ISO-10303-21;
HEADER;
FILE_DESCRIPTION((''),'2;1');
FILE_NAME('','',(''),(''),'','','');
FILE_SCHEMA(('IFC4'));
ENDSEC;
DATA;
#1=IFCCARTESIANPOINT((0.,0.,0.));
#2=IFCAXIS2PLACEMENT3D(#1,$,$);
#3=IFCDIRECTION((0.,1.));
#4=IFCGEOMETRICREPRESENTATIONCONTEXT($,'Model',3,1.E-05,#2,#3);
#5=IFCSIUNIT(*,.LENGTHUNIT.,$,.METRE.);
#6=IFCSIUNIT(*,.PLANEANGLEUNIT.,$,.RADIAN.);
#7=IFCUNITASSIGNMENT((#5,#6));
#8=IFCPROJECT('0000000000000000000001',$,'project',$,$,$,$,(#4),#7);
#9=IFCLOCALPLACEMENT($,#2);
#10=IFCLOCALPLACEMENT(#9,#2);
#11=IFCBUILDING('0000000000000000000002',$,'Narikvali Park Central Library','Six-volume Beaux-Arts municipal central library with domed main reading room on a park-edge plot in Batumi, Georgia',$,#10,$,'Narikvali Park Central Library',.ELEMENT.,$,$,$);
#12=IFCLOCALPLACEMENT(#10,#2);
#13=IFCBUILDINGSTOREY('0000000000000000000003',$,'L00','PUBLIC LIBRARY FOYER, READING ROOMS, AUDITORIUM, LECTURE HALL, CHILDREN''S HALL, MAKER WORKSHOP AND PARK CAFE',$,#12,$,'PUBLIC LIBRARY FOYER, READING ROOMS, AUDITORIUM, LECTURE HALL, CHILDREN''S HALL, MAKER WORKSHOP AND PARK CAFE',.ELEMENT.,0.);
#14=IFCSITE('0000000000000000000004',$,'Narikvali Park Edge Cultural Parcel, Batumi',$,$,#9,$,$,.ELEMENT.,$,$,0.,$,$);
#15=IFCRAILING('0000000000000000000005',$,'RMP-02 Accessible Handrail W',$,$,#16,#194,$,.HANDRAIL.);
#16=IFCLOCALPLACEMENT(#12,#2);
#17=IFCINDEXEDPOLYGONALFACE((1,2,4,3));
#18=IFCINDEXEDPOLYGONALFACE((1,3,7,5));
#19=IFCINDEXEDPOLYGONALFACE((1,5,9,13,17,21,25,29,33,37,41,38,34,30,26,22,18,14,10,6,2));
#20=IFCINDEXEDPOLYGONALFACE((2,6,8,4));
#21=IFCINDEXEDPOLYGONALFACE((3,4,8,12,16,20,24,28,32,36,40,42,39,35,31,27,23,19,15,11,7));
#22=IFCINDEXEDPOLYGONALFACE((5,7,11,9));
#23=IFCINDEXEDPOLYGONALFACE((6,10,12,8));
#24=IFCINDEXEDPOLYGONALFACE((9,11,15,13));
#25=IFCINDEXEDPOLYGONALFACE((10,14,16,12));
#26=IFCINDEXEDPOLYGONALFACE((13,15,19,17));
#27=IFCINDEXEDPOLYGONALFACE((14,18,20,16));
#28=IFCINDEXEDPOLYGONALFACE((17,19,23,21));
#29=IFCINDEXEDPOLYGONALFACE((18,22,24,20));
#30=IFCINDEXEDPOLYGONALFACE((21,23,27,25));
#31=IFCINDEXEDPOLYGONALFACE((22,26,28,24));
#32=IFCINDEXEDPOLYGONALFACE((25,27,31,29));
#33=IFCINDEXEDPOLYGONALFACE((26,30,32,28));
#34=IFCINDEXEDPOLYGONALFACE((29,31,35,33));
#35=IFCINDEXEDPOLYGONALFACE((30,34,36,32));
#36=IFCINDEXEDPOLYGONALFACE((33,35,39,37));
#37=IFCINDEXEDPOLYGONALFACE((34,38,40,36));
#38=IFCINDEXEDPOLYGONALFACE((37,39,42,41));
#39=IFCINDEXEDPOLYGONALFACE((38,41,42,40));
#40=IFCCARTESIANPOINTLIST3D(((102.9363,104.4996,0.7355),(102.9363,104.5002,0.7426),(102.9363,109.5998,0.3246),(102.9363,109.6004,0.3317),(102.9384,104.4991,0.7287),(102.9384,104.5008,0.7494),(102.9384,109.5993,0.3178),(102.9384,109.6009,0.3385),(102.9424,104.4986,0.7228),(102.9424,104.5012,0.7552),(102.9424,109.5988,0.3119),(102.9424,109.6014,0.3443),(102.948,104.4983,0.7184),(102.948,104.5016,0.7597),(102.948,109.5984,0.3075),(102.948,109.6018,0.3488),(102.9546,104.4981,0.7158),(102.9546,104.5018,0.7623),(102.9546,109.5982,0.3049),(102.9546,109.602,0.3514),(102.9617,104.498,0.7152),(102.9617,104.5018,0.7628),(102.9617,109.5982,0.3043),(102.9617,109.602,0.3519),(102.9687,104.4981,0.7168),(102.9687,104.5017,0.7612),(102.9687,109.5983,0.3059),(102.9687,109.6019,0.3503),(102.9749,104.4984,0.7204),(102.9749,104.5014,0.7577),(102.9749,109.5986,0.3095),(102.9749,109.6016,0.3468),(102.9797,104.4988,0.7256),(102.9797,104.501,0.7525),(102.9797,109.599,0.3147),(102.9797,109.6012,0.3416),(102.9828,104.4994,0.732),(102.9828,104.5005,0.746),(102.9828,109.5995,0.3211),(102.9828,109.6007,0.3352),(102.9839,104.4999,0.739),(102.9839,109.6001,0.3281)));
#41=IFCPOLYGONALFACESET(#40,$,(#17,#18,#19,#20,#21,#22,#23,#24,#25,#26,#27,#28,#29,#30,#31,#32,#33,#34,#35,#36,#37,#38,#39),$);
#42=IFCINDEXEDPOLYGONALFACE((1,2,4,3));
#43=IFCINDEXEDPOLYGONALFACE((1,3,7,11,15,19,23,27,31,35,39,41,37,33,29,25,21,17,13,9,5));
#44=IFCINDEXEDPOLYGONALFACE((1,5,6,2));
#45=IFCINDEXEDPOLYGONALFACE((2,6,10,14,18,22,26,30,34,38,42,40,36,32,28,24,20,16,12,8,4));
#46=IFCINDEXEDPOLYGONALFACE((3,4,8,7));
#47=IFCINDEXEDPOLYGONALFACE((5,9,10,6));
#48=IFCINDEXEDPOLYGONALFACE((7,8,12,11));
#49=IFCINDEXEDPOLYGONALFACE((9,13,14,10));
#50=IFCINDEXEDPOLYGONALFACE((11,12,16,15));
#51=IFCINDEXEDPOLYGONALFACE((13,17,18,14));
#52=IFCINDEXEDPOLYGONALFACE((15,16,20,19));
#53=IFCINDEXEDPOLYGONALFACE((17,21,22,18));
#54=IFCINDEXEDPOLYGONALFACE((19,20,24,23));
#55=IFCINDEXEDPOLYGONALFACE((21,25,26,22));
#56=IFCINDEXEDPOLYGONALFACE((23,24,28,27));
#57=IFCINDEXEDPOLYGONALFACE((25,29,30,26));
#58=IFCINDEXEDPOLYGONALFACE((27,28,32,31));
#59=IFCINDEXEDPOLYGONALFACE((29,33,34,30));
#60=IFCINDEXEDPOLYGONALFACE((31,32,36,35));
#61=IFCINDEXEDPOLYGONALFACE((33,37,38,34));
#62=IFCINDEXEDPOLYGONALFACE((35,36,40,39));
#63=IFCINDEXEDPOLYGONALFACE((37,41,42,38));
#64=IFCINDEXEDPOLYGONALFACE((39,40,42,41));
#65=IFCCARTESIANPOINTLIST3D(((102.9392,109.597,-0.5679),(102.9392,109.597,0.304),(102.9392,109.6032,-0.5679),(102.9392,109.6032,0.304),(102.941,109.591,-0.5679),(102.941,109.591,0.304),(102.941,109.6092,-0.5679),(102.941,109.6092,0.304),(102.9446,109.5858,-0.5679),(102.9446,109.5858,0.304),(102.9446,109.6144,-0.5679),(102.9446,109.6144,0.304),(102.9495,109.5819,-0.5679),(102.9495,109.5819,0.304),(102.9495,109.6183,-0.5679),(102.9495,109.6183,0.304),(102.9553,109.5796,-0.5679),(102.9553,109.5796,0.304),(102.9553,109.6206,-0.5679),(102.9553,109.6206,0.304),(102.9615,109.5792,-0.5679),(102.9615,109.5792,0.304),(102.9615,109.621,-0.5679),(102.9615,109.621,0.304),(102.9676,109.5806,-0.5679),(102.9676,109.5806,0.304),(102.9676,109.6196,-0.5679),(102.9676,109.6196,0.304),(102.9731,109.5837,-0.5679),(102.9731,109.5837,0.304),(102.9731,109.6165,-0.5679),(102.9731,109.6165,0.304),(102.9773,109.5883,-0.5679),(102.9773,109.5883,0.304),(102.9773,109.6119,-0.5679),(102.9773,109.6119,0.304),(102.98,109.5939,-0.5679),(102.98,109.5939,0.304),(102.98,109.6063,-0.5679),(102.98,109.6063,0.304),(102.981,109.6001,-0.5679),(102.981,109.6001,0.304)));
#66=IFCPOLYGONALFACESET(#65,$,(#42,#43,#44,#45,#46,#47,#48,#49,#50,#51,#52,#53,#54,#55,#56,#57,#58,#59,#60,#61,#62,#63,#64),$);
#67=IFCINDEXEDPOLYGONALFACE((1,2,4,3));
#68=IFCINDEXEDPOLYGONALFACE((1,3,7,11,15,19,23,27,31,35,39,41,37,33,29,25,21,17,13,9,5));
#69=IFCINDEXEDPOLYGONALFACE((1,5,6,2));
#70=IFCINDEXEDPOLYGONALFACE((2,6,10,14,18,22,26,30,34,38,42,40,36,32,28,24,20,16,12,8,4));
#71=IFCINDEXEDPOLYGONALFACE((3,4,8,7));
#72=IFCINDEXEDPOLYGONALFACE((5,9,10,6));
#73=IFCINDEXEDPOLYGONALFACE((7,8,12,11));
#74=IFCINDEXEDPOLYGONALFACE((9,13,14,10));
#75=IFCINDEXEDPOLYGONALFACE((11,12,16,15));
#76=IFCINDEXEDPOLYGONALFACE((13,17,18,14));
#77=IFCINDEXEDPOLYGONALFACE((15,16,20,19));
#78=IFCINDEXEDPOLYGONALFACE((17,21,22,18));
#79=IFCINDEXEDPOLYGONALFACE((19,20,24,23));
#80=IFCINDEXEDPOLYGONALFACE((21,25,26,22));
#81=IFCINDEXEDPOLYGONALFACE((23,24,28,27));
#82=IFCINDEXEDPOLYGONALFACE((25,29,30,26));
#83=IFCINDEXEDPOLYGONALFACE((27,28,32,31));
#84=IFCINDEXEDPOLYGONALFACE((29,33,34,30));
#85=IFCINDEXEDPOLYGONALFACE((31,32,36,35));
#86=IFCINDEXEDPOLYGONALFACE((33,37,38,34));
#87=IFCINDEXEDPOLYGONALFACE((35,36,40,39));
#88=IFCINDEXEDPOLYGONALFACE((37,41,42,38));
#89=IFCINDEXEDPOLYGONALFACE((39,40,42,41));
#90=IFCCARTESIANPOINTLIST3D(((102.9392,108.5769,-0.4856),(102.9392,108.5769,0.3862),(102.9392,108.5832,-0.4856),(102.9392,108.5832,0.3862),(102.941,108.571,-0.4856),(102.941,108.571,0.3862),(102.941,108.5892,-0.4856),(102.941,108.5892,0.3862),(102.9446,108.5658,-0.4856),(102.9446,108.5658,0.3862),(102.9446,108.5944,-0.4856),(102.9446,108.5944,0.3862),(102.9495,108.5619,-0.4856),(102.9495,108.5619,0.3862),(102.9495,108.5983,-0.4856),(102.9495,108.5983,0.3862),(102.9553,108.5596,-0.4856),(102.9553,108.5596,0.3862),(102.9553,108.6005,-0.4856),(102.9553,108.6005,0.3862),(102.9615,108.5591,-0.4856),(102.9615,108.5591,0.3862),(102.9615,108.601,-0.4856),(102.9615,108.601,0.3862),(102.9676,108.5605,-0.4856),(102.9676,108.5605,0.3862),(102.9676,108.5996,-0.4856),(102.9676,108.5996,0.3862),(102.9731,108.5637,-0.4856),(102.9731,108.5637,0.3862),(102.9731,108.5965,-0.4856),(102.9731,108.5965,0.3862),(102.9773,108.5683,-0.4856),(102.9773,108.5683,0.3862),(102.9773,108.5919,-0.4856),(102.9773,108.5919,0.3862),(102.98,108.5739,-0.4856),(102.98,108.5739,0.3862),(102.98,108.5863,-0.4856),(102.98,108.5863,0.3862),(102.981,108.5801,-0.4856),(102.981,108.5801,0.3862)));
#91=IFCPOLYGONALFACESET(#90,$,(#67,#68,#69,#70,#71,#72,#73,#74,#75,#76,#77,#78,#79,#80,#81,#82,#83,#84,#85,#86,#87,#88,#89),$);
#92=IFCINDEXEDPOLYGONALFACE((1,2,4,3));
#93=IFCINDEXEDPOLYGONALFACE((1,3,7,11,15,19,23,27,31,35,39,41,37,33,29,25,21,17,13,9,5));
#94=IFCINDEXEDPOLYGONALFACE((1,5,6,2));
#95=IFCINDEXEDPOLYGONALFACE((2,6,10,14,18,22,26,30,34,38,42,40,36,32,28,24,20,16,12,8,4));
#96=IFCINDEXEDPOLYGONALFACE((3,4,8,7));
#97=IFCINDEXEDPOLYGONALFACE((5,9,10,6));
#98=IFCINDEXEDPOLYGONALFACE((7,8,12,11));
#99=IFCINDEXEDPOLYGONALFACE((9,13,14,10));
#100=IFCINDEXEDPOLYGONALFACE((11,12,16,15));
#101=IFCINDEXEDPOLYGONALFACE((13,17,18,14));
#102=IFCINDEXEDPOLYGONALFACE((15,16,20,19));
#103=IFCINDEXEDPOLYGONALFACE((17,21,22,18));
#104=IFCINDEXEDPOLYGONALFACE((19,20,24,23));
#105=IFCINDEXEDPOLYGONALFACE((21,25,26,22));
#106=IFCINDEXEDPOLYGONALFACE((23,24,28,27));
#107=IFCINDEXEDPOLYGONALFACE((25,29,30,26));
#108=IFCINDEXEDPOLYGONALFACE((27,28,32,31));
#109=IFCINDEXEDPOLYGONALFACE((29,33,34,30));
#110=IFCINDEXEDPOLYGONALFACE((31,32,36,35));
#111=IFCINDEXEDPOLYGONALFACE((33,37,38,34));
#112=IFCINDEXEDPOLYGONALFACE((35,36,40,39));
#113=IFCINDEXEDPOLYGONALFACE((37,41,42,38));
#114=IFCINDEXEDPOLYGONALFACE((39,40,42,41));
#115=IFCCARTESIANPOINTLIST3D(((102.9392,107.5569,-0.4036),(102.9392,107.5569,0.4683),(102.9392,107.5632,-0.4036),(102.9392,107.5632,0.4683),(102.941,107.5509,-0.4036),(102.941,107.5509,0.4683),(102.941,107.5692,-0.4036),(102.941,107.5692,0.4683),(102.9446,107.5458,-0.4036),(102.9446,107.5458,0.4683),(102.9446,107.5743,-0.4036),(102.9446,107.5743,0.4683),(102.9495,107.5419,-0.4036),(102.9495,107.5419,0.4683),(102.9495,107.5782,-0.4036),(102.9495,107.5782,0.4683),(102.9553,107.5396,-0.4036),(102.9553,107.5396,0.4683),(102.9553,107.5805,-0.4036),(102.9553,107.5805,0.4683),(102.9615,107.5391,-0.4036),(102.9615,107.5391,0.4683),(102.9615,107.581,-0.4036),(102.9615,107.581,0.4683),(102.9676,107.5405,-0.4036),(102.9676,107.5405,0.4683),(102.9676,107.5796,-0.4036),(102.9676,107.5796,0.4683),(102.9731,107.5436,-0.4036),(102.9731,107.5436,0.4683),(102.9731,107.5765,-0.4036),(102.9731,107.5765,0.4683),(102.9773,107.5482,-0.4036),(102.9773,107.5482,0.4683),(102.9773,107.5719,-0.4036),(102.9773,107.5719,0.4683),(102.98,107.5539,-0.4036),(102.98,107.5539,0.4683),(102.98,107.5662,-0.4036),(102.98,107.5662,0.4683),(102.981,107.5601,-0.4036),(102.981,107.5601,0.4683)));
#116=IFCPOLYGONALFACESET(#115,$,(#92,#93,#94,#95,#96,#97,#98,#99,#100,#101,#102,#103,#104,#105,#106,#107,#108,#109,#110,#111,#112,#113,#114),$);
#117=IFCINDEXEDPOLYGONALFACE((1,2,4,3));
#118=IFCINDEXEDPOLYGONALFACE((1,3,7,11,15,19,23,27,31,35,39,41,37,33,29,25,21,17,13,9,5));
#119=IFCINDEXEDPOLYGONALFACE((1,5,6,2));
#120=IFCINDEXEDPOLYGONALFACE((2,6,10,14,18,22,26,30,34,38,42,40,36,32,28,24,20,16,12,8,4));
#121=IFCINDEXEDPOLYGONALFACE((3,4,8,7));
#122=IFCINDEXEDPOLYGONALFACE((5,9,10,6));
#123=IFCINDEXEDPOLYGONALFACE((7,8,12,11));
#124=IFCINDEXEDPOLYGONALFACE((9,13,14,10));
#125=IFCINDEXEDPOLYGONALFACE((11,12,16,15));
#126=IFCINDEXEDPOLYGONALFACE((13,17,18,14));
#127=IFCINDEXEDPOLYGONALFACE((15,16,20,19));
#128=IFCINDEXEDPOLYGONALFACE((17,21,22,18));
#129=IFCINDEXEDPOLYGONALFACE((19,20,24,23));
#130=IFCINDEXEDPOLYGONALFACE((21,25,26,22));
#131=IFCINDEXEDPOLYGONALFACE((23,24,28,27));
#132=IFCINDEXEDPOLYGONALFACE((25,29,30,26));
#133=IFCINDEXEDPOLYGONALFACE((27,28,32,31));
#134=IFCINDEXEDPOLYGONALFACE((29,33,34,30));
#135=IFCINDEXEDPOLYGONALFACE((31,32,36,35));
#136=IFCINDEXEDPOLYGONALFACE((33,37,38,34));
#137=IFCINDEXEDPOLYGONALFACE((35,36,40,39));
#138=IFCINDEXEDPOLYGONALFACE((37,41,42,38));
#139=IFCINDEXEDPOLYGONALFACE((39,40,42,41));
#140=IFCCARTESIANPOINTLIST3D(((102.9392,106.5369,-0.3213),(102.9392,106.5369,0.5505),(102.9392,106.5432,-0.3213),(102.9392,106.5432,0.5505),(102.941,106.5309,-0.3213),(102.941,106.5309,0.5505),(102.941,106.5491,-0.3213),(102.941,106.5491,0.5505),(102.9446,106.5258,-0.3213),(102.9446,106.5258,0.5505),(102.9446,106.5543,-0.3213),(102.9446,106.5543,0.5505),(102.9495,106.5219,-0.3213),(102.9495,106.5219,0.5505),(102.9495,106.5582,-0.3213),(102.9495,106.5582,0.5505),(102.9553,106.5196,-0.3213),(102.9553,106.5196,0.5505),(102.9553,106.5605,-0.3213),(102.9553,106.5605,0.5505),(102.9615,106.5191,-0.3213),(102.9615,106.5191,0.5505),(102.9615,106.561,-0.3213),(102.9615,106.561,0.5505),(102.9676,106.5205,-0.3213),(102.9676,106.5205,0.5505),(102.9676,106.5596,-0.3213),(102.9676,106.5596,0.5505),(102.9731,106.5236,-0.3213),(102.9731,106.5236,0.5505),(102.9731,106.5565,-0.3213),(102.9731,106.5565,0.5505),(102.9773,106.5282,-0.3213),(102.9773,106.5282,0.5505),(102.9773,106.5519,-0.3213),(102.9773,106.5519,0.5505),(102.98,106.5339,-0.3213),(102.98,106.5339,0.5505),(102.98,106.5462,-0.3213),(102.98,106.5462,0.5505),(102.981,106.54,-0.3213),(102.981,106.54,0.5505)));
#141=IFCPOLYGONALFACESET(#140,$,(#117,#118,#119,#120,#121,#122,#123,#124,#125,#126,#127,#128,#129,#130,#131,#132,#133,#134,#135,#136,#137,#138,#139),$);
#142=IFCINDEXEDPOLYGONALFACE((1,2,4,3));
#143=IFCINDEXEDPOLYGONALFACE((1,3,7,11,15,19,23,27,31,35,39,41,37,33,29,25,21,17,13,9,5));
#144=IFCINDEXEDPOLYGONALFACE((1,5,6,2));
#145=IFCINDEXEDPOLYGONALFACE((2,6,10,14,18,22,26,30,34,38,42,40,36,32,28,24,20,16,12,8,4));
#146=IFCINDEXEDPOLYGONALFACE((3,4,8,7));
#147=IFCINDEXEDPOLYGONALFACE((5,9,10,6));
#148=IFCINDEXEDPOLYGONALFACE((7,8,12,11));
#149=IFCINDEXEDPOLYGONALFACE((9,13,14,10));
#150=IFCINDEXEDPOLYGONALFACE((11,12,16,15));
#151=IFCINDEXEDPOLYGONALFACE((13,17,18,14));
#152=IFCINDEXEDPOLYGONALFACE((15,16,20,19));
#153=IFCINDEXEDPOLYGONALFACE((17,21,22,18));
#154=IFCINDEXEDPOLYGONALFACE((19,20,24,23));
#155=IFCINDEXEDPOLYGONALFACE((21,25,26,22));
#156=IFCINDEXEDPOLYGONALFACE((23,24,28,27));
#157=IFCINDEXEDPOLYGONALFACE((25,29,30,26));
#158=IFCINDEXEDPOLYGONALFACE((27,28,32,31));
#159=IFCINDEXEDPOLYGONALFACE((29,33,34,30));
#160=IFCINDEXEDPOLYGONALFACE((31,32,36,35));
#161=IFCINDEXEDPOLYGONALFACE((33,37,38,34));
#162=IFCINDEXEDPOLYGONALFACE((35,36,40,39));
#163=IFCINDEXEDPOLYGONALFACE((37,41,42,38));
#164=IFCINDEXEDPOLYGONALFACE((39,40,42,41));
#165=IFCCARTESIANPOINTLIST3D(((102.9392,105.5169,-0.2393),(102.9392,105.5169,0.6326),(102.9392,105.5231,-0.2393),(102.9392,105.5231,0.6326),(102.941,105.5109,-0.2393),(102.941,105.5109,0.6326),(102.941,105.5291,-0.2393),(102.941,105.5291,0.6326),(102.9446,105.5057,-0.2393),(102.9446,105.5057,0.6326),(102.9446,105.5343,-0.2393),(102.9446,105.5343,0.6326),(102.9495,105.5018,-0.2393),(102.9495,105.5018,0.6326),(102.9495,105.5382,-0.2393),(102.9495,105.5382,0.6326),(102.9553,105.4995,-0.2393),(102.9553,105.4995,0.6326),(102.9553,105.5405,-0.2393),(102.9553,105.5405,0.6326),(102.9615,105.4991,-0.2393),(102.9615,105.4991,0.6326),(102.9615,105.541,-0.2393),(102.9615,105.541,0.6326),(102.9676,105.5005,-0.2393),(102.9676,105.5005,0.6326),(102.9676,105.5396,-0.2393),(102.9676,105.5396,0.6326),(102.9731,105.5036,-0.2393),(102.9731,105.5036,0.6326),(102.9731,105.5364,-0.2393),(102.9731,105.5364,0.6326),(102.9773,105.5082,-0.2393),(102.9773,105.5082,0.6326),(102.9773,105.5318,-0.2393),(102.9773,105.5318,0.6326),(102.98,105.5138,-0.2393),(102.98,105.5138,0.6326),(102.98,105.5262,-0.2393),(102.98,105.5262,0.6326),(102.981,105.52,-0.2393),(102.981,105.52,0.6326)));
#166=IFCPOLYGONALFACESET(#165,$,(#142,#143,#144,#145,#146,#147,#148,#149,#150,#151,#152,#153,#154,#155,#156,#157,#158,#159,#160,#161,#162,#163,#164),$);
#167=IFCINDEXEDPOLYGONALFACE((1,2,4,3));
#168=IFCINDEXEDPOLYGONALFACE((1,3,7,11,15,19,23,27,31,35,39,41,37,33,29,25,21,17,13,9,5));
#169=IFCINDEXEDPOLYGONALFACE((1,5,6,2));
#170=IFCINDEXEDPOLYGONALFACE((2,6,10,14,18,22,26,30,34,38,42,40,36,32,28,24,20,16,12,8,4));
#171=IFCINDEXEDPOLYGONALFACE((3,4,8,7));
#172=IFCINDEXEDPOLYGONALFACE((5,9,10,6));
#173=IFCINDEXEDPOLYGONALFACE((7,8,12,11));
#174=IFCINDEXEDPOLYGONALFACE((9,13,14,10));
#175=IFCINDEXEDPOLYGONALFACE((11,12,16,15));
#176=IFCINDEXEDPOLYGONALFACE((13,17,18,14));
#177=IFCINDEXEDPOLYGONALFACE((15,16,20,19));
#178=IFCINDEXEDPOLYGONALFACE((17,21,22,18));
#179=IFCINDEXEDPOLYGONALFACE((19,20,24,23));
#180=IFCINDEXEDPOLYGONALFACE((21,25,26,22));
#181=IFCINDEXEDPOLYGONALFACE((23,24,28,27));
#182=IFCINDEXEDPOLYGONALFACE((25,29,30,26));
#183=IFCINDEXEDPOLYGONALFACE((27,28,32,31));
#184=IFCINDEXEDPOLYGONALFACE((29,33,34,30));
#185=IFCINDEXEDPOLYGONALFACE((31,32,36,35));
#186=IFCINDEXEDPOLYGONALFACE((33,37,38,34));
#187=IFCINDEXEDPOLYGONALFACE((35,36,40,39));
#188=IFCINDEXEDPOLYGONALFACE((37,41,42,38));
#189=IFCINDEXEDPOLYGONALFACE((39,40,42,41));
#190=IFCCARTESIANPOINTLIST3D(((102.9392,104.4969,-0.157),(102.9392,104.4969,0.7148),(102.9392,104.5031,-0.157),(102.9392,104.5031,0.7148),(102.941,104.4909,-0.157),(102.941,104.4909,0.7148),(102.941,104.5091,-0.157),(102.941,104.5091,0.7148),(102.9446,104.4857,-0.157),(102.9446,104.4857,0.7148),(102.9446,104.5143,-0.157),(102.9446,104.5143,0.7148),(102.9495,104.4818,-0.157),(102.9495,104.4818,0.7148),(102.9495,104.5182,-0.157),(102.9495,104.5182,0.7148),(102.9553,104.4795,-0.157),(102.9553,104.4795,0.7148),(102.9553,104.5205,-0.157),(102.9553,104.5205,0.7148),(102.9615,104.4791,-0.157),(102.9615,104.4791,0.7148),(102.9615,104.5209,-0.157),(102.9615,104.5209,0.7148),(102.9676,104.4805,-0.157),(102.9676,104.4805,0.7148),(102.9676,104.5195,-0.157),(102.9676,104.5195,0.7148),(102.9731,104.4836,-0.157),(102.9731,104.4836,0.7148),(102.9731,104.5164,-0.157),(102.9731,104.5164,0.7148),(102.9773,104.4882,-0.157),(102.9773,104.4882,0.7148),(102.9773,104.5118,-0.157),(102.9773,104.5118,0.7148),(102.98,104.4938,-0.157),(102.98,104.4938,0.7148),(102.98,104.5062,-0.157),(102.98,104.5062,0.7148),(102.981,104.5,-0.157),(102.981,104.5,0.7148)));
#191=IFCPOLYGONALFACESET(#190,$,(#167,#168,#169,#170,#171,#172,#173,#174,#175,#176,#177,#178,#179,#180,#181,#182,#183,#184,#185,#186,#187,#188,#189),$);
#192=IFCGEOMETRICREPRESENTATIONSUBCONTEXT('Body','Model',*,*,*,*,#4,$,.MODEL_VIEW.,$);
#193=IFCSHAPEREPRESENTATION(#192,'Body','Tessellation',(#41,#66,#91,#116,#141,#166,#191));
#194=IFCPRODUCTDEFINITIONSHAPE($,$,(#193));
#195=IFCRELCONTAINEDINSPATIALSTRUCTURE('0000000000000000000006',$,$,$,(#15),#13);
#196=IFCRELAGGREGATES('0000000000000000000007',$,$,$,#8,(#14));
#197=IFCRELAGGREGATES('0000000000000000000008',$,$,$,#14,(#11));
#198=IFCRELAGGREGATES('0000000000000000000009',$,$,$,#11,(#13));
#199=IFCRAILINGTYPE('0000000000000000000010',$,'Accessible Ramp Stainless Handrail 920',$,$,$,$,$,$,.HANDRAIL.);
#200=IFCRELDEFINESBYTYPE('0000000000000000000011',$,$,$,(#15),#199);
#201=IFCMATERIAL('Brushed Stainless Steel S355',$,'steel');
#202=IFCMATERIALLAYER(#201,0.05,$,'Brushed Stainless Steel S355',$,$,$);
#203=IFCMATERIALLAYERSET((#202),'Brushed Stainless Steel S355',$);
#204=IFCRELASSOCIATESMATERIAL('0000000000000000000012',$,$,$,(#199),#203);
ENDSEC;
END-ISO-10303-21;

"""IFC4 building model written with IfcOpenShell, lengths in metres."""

from ifc_helpers import new_model, si_unit, direction, frame, origin, origin_2d, place, context, subcontext, project, spatial, circle, extrude, material, layer, layer_set, type_object, element, save


model = new_model("IFC4")

# Units and contexts
model_context = context("Model", 3, precision=1e-05, world=origin(), true_north=direction((0.0, 1.0)))
body_context = subcontext(model_context, "Body", "Model", "MODEL_VIEW")
ifc_project = project(units=[si_unit("LENGTHUNIT", "METRE"), si_unit("PLANEANGLEUNIT", "RADIAN")], contexts=[model_context])

# Site, building, storey
site_placement = place(None, origin())
site = spatial("IfcSite", under=ifc_project, at=site_placement, Name="Narikvali Park Edge Cultural Parcel, Batumi", CompositionType="ELEMENT", RefElevation=0.0)
building_placement = place(site_placement, origin())
building = spatial("IfcBuilding", under=site, at=building_placement, Name="Narikvali Park Central Library", Description="Six-volume Beaux-Arts municipal central library with domed main reading room on a park-edge plot in Batumi, Georgia", LongName="Narikvali Park Central Library", CompositionType="ELEMENT")
storey_placement = place(building_placement, origin())
storey = spatial("IfcBuildingStorey", under=building, at=storey_placement, Name="L00", Description="PUBLIC LIBRARY FOYER, READING ROOMS, AUDITORIUM, LECTURE HALL, CHILDREN'S HALL, MAKER WORKSHOP AND PARK CAFE", LongName="PUBLIC LIBRARY FOYER, READING ROOMS, AUDITORIUM, LECTURE HALL, CHILDREN'S HALL, MAKER WORKSHOP AND PARK CAFE", CompositionType="ELEMENT", Elevation=0.0)

# Railing
ifc_material_1 = material(Name="Brushed Stainless Steel S355", Category="steel")
ifc_layer_1 = layer(ifc_material_1, 0.05, Name="Brushed Stainless Steel S355")
ifc_layer_set_1 = layer_set([ifc_layer_1], Name="Brushed Stainless Steel S355")
railing_type_1 = type_object("IfcRailingType", Name="Accessible Ramp Stainless Handrail 920", PredefinedType="HANDRAIL", material=ifc_layer_set_1)
for number, where, name in (
    (1, (102.96, 109.6001, -0.5679), "RMP-02 Accessible Handrail W"),
):
    element("IfcRailing", number, at=place(storey_placement, frame(where)), inside=storey, type_object=railing_type_1, Name=name, PredefinedType="HANDRAIL", context=body_context, shape_type="SweptSolid", body=[
        extrude(circle(Radius=0.0239, at=origin_2d()), frame((0.0, 0.0, 0.896), z_axis=(0.0, -0.99677, 0.080305), x_axis=(1.0, 0.0, 0.0)), (0.0, 0.0, 1.0), 5.1167),
        extrude(circle(Radius=0.021, at=origin_2d()), origin(), (0.0, 0.0, 1.0), 0.8718),
        extrude(circle(Radius=0.021, at=origin_2d()), frame((0.0, -1.02, 0.0823)), (0.0, 0.0, 1.0), 0.8718),
        extrude(circle(Radius=0.021, at=origin_2d()), frame((0.0, -2.04, 0.1643)), (0.0, 0.0, 1.0), 0.8718),
        extrude(circle(Radius=0.021, at=origin_2d()), frame((0.0, -3.0601, 0.2466)), (0.0, 0.0, 1.0), 0.8718),
        extrude(circle(Radius=0.021, at=origin_2d()), frame((0.0, -4.0801, 0.3286)), (0.0, 0.0, 1.0), 0.8718),
        extrude(circle(Radius=0.021, at=origin_2d()), frame((0.0, -5.1001, 0.4109)), (0.0, 0.0, 1.0), 0.8718),
    ])

save(model, "model.ifc")
